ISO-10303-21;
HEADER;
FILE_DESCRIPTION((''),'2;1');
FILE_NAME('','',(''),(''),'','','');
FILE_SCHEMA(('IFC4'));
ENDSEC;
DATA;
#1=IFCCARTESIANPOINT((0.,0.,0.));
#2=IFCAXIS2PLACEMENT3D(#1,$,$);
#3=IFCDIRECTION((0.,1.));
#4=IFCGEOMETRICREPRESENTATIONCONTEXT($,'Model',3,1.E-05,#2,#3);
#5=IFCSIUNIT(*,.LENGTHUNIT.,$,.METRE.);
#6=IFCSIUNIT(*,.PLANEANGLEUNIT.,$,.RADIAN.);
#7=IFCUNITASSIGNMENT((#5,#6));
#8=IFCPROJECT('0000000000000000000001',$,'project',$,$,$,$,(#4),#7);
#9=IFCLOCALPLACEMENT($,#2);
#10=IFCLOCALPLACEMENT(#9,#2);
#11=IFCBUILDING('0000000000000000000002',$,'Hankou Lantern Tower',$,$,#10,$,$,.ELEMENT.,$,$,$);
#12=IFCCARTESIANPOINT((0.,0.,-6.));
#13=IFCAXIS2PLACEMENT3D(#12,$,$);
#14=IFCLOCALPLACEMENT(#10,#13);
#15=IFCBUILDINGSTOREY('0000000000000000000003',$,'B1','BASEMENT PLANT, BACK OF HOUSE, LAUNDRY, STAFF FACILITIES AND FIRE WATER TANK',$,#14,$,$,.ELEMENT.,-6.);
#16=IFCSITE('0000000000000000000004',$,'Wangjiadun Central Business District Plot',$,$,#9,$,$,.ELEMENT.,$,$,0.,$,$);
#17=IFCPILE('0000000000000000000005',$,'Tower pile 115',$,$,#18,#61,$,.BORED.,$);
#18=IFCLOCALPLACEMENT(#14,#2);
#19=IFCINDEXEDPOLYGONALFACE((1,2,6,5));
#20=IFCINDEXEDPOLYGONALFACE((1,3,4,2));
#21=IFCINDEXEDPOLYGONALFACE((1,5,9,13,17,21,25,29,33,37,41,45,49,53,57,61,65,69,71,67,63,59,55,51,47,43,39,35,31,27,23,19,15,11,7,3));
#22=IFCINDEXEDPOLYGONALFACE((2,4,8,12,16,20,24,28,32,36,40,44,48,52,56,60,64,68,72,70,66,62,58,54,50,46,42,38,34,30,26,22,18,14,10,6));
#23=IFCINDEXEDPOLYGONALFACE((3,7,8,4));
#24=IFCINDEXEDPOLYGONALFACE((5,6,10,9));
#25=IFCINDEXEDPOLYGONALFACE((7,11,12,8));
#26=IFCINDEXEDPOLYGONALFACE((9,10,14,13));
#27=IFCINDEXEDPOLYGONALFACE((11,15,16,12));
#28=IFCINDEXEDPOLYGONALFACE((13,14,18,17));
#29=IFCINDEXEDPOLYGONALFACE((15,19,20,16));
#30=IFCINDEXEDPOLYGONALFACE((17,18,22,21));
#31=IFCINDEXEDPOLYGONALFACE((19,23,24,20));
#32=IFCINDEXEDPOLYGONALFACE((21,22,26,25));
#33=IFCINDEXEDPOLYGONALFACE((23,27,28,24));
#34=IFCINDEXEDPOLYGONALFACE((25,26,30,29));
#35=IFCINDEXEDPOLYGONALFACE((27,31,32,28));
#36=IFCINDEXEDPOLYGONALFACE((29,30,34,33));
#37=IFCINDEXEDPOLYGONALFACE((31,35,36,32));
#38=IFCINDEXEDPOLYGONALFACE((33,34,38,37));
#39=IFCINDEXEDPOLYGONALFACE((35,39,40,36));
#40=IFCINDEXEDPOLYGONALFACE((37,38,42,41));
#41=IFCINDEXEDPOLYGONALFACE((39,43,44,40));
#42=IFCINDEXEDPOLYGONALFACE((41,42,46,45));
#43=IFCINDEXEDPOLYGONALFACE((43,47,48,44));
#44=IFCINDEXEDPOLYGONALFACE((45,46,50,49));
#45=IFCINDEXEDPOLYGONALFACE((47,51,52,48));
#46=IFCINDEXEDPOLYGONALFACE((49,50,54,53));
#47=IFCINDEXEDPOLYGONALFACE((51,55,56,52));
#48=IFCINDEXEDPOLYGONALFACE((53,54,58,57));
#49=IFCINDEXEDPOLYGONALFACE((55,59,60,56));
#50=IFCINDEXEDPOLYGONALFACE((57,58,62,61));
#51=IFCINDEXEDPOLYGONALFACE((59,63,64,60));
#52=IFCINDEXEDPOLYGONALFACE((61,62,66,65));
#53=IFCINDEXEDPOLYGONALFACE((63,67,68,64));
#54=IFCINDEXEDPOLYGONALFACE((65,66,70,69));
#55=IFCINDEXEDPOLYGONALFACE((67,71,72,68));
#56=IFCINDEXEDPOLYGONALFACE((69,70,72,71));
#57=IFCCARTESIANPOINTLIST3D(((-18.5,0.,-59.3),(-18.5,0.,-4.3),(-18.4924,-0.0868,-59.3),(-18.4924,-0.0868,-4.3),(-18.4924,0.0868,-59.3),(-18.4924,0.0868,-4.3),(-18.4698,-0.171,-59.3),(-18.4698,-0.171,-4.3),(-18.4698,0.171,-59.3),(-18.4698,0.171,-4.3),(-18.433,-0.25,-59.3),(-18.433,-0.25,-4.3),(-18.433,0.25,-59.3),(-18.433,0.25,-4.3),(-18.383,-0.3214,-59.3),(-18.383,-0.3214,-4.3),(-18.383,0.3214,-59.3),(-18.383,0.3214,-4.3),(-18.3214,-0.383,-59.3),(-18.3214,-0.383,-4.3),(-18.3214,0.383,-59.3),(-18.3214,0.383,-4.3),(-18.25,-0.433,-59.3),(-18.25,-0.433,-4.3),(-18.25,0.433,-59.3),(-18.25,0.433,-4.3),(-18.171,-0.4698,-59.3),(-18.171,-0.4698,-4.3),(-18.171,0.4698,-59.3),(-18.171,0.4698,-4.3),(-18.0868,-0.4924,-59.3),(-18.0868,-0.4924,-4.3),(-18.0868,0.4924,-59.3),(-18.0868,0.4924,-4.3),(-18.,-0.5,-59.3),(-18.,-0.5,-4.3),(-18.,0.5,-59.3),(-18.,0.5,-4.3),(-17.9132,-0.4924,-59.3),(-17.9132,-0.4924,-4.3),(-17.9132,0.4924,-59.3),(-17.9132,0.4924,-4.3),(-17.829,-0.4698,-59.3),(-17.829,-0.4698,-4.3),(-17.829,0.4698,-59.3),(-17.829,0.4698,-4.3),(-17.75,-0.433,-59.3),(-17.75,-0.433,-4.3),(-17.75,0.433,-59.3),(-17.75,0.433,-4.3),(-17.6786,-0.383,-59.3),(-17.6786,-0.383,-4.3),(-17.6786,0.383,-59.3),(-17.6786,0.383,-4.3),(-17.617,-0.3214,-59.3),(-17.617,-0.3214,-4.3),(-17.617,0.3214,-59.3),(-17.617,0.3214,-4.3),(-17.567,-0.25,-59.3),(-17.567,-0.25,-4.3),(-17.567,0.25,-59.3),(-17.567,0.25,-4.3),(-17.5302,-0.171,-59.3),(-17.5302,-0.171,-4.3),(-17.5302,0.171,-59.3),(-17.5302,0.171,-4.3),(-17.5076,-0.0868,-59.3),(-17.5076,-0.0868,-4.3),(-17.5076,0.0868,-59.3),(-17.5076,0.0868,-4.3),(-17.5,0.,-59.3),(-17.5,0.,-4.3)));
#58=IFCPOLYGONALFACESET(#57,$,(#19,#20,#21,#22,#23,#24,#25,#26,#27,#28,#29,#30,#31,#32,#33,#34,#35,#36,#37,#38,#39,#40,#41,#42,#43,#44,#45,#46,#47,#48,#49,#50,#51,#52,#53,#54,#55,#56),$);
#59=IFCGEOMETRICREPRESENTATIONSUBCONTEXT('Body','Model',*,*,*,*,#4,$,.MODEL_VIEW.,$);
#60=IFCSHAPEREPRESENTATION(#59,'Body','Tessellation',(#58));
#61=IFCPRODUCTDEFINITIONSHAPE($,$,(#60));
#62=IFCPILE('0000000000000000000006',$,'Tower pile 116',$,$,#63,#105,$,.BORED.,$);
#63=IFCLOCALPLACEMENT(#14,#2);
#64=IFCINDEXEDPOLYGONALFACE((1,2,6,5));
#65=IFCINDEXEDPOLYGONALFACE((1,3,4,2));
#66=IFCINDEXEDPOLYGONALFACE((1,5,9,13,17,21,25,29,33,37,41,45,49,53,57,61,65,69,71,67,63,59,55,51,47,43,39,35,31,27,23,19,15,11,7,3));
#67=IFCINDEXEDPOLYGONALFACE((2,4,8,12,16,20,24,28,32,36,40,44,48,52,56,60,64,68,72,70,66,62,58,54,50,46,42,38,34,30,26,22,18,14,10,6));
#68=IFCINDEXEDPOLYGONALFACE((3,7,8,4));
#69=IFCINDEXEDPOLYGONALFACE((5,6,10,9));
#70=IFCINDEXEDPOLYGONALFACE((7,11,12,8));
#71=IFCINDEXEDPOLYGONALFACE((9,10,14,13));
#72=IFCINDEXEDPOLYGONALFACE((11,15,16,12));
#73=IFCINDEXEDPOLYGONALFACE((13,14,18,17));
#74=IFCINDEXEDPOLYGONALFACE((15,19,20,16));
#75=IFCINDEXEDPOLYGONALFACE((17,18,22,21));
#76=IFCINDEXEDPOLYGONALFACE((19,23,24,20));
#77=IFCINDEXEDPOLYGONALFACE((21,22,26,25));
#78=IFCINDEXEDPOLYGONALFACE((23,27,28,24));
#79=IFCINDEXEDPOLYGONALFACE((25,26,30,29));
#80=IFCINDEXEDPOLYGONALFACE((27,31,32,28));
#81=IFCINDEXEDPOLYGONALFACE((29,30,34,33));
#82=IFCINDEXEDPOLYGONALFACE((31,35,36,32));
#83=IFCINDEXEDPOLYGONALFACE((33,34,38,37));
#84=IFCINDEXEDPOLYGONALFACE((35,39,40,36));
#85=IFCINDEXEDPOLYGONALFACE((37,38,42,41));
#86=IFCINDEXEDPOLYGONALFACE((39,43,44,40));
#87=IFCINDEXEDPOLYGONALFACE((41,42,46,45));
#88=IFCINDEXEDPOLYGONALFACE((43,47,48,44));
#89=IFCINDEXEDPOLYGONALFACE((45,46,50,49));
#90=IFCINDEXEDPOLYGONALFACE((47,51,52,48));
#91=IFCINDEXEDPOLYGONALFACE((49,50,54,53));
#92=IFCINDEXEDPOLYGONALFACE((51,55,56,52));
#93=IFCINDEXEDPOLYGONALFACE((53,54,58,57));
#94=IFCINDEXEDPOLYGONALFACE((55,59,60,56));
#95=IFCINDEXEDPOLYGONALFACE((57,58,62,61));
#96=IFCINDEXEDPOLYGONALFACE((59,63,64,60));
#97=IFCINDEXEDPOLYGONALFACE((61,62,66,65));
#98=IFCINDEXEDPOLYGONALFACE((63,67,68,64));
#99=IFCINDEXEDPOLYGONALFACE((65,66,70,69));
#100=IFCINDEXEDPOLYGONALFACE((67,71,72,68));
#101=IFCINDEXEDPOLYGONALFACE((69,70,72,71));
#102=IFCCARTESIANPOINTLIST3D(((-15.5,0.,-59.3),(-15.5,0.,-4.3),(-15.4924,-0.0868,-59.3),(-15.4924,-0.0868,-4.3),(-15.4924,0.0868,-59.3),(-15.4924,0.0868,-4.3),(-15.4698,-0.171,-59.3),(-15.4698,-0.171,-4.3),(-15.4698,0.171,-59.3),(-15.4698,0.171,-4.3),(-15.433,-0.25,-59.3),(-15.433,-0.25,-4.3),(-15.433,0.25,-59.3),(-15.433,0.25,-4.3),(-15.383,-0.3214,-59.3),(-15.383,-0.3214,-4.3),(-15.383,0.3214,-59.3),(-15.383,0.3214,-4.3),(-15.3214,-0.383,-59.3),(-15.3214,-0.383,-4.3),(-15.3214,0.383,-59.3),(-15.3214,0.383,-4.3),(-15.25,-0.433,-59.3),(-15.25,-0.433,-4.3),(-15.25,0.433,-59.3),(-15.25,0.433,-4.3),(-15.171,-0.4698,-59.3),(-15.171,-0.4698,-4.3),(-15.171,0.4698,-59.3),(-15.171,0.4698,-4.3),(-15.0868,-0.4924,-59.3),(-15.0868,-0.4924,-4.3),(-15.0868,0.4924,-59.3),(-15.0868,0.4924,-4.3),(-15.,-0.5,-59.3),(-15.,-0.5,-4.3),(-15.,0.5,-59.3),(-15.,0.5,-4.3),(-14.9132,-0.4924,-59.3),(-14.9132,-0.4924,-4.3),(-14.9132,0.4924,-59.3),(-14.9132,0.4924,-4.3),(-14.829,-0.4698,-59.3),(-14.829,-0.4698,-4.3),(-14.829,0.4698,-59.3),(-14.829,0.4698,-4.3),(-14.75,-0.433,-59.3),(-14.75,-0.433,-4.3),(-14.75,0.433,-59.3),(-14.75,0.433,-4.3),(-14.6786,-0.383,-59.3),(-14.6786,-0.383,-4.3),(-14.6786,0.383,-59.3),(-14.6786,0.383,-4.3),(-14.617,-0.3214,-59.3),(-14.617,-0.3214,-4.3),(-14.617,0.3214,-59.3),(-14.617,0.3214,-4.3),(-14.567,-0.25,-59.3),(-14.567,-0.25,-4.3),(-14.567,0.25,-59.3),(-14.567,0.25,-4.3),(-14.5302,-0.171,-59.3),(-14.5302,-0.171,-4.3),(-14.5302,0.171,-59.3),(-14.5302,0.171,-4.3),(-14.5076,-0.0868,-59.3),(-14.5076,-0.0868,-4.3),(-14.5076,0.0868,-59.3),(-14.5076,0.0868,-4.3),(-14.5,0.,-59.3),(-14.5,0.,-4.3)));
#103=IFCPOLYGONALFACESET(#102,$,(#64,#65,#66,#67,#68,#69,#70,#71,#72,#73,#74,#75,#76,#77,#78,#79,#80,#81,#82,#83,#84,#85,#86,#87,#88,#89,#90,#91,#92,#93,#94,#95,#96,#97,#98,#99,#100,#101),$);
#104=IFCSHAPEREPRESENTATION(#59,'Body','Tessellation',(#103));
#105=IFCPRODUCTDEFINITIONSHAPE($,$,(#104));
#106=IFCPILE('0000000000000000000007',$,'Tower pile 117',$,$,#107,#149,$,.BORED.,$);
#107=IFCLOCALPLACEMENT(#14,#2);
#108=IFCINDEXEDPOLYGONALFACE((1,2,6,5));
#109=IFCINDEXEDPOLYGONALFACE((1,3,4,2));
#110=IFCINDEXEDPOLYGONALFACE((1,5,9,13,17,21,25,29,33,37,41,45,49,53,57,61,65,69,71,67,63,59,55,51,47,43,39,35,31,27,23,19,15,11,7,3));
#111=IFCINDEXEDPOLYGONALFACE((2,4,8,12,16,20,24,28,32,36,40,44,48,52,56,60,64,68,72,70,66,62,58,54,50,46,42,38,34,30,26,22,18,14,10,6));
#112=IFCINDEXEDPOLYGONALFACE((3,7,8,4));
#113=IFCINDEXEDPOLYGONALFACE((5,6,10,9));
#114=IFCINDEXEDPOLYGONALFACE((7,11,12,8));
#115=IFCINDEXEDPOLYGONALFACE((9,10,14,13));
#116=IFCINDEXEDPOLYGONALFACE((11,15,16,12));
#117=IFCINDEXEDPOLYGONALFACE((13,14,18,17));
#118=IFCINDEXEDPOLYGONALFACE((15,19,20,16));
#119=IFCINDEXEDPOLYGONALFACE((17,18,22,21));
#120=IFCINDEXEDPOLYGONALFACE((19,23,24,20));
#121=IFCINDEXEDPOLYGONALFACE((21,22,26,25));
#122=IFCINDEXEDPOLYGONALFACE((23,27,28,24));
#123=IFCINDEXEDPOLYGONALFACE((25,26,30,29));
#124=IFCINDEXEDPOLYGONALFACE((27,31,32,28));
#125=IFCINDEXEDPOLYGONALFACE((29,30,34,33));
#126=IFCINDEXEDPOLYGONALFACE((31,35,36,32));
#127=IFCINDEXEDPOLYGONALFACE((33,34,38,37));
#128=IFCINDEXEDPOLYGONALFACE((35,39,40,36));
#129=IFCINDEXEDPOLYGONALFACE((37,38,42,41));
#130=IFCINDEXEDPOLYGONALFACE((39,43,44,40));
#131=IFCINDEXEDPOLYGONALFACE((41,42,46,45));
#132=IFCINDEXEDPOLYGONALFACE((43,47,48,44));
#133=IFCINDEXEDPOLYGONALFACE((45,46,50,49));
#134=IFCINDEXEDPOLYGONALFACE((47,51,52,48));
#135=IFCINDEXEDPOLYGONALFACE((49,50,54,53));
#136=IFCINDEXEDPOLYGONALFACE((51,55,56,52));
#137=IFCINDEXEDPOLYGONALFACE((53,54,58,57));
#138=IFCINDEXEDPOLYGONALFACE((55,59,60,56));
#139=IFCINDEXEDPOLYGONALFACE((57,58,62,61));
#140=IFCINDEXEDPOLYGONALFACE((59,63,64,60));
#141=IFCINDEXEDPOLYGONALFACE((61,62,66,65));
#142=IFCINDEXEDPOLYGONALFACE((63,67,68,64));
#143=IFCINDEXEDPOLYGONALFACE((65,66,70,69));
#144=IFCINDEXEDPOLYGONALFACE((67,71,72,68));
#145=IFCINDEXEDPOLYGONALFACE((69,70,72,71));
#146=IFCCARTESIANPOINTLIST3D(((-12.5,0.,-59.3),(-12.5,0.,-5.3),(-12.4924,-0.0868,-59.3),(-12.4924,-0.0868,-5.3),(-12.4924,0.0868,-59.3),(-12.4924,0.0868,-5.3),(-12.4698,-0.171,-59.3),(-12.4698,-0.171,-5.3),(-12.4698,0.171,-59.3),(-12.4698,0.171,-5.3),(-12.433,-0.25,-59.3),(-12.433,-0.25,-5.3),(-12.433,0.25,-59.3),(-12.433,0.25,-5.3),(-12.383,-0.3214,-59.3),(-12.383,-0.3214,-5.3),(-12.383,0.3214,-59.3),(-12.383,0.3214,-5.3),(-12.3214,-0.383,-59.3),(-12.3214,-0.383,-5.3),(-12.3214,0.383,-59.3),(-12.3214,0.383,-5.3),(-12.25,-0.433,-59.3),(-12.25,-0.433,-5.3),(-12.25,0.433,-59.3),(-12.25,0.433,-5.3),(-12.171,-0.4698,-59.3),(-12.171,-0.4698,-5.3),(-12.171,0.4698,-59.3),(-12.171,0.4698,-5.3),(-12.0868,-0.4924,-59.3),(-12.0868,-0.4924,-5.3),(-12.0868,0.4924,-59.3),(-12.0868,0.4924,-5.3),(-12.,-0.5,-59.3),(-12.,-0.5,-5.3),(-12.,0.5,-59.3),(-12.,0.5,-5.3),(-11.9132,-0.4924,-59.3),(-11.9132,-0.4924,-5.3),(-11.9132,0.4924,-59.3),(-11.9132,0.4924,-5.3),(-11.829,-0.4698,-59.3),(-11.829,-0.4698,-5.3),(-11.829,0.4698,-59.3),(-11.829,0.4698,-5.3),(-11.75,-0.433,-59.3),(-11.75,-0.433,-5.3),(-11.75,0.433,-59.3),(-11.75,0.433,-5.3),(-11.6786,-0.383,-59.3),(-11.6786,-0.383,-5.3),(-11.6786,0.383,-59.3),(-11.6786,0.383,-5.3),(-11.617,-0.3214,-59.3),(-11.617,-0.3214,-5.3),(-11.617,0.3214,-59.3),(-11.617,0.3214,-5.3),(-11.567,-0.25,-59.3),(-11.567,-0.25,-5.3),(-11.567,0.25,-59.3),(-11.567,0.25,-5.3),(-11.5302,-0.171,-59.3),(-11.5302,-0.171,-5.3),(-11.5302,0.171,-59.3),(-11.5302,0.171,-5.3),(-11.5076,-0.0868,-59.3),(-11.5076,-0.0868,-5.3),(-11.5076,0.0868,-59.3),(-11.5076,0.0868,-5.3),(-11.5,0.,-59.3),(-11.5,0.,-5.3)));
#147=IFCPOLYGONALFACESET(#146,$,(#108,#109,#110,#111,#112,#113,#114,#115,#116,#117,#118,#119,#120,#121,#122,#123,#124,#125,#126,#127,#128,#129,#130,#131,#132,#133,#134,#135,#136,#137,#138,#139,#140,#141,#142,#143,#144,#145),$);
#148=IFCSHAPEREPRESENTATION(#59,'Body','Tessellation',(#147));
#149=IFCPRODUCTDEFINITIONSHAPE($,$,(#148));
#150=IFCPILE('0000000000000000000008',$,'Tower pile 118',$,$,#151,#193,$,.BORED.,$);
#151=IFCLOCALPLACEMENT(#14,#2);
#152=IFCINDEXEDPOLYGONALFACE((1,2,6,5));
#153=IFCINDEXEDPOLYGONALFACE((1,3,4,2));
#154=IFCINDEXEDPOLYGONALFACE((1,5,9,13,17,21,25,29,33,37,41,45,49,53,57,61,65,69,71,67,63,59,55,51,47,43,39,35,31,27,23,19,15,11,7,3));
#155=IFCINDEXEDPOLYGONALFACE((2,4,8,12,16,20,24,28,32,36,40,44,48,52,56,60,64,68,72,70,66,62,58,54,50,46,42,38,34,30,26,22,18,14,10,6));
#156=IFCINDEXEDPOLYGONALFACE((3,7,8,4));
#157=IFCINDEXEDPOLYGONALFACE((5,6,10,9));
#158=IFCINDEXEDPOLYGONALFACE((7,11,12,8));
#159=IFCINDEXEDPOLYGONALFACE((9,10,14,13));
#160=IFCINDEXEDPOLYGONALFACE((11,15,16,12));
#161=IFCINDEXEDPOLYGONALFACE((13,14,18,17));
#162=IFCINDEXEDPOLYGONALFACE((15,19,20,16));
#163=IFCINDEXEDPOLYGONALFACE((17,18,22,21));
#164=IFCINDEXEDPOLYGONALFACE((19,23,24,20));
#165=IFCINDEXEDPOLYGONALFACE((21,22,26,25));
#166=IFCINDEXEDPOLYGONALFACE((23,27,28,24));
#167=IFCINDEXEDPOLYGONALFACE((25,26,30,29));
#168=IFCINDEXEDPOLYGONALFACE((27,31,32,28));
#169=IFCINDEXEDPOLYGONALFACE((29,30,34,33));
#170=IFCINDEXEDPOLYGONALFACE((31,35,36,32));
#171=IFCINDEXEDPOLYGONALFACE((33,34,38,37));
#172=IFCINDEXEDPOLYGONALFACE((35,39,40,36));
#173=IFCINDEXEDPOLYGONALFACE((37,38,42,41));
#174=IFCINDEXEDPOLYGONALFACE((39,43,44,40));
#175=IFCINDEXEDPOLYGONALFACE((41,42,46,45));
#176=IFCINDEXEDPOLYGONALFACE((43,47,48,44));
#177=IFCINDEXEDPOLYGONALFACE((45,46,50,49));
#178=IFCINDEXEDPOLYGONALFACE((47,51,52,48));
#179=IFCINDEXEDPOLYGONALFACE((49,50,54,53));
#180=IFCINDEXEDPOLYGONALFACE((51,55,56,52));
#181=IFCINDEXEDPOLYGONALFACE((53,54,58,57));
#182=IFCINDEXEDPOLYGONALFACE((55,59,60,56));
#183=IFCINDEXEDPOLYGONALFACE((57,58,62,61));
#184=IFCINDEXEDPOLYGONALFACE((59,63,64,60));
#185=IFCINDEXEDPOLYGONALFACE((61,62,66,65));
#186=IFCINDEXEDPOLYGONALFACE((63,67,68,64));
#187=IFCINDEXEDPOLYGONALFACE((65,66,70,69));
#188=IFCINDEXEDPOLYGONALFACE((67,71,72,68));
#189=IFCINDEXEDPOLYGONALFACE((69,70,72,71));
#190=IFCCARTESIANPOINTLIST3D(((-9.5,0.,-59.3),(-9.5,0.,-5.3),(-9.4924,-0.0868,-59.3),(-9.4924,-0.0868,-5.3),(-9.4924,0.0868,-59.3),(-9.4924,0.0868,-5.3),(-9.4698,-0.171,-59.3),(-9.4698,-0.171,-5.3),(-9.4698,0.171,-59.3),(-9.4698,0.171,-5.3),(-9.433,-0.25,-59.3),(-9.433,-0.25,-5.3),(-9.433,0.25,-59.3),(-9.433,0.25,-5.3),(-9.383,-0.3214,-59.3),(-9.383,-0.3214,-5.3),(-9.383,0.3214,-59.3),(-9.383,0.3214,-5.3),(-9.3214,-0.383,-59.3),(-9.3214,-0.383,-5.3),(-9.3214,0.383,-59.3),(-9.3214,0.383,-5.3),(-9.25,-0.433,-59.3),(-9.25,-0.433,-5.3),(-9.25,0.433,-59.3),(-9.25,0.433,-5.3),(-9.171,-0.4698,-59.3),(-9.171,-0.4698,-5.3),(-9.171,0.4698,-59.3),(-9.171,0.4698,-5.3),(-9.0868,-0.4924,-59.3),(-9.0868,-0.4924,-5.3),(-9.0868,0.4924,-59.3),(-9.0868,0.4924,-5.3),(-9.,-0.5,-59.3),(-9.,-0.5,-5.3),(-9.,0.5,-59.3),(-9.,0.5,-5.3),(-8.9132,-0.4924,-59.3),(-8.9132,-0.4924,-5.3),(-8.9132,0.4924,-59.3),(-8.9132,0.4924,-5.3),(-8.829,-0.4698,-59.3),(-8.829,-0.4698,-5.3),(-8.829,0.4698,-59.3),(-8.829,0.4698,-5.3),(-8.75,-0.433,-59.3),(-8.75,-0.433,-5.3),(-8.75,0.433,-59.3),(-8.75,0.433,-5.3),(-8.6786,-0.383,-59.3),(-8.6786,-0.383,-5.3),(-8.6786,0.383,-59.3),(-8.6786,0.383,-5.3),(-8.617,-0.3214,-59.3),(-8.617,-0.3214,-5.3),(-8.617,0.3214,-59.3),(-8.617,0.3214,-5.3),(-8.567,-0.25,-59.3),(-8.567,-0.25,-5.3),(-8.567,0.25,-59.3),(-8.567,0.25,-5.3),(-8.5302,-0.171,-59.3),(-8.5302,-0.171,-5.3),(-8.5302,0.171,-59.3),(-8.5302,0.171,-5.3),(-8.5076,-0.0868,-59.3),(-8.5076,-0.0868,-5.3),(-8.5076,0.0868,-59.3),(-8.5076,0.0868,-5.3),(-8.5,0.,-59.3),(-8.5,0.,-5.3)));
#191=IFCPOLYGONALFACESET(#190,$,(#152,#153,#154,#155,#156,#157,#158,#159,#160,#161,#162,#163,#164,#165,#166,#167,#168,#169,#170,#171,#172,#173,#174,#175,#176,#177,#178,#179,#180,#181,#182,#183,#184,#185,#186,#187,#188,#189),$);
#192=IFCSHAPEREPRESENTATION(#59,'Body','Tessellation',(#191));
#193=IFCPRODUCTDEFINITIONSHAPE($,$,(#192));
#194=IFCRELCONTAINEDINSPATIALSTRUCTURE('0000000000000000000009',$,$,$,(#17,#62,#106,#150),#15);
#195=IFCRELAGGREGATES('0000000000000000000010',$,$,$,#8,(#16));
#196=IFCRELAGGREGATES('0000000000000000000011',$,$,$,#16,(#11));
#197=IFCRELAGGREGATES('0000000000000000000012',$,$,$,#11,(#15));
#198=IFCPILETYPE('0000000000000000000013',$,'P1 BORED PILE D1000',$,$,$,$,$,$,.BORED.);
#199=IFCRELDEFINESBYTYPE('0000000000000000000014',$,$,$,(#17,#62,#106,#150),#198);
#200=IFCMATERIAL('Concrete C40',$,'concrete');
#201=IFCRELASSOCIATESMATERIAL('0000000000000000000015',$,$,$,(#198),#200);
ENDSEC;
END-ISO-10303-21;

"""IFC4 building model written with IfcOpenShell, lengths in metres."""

from ifc_helpers import new_model, si_unit, direction, frame, origin, origin_2d, place, context, subcontext, project, spatial, circle, extrude, material, material_profile, profile_set, type_object, element, save


model = new_model("IFC4")

# Units and contexts
model_context = context("Model", 3, precision=1e-05, world=origin(), true_north=direction((0.0, 1.0)))
body_context = subcontext(model_context, "Body", "Model", "MODEL_VIEW")
ifc_project = project(units=[si_unit("LENGTHUNIT", "METRE"), si_unit("PLANEANGLEUNIT", "RADIAN")], contexts=[model_context])

# Site, building, storey
site_placement = place(None, origin())
site = spatial("IfcSite", under=ifc_project, at=site_placement, Name="Wangjiadun Central Business District Plot", CompositionType="ELEMENT", RefElevation=0.0)
building_placement = place(site_placement, origin())
building = spatial("IfcBuilding", under=site, at=building_placement, Name="Hankou Lantern Tower", CompositionType="ELEMENT")
storey_placement = place(building_placement, frame((0.0, 0.0, -6.0)))
storey = spatial("IfcBuildingStorey", under=building, at=storey_placement, Name="B1", Description="BASEMENT PLANT, BACK OF HOUSE, LAUNDRY, STAFF FACILITIES AND FIRE WATER TANK", CompositionType="ELEMENT", Elevation=-6.0)

# Piles
ifc_material_1 = material(Name="Concrete C40", Category="concrete")
ifc_material_profile = material_profile(ifc_material_1, circle(Radius=0.5, at=origin_2d()), Name="RC D1000")
ifc_profile_set = profile_set([ifc_material_profile], Name="Concrete C40")
pile_type = type_object("IfcPileType", Name="P1 BORED PILE D1000", PredefinedType="BORED", material=ifc_profile_set)
for number, where, z_axis, x_axis, name in (
    (1, (-18.0, 0.0, -4.3), (0.0, 0.0, -1.0), (1.0, 0.0, 0.0), "Tower pile 115"),
    (2, (-15.0, 0.0, -4.3), (0.0, 0.0, -1.0), (1.0, 0.0, 0.0), "Tower pile 116"),
):
    element("IfcPile", number, at=place(storey_placement, frame(where, z_axis=z_axis, x_axis=x_axis)), inside=storey, type_object=pile_type, Name=name, PredefinedType="BORED", context=body_context, shape_type="SweptSolid", body=[
        extrude(circle(Radius=0.5, at=origin_2d()), origin(), (0.0, 0.0, 1.0), 55.0),
    ])
for number, where, z_axis, x_axis, name in (
    (3, (-12.0, 0.0, -5.3), (0.0, 0.0, -1.0), (1.0, 0.0, 0.0), "Tower pile 117"),
    (4, (-9.0, 0.0, -5.3), (0.0, 0.0, -1.0), (1.0, 0.0, 0.0), "Tower pile 118"),
):
    element("IfcPile", number, at=place(storey_placement, frame(where, z_axis=z_axis, x_axis=x_axis)), inside=storey, type_object=pile_type, Name=name, PredefinedType="BORED", context=body_context, shape_type="SweptSolid", body=[
        extrude(circle(Radius=0.5, at=origin_2d()), origin(), (0.0, 0.0, 1.0), 54.0),
    ])

save(model, "model.ifc")
